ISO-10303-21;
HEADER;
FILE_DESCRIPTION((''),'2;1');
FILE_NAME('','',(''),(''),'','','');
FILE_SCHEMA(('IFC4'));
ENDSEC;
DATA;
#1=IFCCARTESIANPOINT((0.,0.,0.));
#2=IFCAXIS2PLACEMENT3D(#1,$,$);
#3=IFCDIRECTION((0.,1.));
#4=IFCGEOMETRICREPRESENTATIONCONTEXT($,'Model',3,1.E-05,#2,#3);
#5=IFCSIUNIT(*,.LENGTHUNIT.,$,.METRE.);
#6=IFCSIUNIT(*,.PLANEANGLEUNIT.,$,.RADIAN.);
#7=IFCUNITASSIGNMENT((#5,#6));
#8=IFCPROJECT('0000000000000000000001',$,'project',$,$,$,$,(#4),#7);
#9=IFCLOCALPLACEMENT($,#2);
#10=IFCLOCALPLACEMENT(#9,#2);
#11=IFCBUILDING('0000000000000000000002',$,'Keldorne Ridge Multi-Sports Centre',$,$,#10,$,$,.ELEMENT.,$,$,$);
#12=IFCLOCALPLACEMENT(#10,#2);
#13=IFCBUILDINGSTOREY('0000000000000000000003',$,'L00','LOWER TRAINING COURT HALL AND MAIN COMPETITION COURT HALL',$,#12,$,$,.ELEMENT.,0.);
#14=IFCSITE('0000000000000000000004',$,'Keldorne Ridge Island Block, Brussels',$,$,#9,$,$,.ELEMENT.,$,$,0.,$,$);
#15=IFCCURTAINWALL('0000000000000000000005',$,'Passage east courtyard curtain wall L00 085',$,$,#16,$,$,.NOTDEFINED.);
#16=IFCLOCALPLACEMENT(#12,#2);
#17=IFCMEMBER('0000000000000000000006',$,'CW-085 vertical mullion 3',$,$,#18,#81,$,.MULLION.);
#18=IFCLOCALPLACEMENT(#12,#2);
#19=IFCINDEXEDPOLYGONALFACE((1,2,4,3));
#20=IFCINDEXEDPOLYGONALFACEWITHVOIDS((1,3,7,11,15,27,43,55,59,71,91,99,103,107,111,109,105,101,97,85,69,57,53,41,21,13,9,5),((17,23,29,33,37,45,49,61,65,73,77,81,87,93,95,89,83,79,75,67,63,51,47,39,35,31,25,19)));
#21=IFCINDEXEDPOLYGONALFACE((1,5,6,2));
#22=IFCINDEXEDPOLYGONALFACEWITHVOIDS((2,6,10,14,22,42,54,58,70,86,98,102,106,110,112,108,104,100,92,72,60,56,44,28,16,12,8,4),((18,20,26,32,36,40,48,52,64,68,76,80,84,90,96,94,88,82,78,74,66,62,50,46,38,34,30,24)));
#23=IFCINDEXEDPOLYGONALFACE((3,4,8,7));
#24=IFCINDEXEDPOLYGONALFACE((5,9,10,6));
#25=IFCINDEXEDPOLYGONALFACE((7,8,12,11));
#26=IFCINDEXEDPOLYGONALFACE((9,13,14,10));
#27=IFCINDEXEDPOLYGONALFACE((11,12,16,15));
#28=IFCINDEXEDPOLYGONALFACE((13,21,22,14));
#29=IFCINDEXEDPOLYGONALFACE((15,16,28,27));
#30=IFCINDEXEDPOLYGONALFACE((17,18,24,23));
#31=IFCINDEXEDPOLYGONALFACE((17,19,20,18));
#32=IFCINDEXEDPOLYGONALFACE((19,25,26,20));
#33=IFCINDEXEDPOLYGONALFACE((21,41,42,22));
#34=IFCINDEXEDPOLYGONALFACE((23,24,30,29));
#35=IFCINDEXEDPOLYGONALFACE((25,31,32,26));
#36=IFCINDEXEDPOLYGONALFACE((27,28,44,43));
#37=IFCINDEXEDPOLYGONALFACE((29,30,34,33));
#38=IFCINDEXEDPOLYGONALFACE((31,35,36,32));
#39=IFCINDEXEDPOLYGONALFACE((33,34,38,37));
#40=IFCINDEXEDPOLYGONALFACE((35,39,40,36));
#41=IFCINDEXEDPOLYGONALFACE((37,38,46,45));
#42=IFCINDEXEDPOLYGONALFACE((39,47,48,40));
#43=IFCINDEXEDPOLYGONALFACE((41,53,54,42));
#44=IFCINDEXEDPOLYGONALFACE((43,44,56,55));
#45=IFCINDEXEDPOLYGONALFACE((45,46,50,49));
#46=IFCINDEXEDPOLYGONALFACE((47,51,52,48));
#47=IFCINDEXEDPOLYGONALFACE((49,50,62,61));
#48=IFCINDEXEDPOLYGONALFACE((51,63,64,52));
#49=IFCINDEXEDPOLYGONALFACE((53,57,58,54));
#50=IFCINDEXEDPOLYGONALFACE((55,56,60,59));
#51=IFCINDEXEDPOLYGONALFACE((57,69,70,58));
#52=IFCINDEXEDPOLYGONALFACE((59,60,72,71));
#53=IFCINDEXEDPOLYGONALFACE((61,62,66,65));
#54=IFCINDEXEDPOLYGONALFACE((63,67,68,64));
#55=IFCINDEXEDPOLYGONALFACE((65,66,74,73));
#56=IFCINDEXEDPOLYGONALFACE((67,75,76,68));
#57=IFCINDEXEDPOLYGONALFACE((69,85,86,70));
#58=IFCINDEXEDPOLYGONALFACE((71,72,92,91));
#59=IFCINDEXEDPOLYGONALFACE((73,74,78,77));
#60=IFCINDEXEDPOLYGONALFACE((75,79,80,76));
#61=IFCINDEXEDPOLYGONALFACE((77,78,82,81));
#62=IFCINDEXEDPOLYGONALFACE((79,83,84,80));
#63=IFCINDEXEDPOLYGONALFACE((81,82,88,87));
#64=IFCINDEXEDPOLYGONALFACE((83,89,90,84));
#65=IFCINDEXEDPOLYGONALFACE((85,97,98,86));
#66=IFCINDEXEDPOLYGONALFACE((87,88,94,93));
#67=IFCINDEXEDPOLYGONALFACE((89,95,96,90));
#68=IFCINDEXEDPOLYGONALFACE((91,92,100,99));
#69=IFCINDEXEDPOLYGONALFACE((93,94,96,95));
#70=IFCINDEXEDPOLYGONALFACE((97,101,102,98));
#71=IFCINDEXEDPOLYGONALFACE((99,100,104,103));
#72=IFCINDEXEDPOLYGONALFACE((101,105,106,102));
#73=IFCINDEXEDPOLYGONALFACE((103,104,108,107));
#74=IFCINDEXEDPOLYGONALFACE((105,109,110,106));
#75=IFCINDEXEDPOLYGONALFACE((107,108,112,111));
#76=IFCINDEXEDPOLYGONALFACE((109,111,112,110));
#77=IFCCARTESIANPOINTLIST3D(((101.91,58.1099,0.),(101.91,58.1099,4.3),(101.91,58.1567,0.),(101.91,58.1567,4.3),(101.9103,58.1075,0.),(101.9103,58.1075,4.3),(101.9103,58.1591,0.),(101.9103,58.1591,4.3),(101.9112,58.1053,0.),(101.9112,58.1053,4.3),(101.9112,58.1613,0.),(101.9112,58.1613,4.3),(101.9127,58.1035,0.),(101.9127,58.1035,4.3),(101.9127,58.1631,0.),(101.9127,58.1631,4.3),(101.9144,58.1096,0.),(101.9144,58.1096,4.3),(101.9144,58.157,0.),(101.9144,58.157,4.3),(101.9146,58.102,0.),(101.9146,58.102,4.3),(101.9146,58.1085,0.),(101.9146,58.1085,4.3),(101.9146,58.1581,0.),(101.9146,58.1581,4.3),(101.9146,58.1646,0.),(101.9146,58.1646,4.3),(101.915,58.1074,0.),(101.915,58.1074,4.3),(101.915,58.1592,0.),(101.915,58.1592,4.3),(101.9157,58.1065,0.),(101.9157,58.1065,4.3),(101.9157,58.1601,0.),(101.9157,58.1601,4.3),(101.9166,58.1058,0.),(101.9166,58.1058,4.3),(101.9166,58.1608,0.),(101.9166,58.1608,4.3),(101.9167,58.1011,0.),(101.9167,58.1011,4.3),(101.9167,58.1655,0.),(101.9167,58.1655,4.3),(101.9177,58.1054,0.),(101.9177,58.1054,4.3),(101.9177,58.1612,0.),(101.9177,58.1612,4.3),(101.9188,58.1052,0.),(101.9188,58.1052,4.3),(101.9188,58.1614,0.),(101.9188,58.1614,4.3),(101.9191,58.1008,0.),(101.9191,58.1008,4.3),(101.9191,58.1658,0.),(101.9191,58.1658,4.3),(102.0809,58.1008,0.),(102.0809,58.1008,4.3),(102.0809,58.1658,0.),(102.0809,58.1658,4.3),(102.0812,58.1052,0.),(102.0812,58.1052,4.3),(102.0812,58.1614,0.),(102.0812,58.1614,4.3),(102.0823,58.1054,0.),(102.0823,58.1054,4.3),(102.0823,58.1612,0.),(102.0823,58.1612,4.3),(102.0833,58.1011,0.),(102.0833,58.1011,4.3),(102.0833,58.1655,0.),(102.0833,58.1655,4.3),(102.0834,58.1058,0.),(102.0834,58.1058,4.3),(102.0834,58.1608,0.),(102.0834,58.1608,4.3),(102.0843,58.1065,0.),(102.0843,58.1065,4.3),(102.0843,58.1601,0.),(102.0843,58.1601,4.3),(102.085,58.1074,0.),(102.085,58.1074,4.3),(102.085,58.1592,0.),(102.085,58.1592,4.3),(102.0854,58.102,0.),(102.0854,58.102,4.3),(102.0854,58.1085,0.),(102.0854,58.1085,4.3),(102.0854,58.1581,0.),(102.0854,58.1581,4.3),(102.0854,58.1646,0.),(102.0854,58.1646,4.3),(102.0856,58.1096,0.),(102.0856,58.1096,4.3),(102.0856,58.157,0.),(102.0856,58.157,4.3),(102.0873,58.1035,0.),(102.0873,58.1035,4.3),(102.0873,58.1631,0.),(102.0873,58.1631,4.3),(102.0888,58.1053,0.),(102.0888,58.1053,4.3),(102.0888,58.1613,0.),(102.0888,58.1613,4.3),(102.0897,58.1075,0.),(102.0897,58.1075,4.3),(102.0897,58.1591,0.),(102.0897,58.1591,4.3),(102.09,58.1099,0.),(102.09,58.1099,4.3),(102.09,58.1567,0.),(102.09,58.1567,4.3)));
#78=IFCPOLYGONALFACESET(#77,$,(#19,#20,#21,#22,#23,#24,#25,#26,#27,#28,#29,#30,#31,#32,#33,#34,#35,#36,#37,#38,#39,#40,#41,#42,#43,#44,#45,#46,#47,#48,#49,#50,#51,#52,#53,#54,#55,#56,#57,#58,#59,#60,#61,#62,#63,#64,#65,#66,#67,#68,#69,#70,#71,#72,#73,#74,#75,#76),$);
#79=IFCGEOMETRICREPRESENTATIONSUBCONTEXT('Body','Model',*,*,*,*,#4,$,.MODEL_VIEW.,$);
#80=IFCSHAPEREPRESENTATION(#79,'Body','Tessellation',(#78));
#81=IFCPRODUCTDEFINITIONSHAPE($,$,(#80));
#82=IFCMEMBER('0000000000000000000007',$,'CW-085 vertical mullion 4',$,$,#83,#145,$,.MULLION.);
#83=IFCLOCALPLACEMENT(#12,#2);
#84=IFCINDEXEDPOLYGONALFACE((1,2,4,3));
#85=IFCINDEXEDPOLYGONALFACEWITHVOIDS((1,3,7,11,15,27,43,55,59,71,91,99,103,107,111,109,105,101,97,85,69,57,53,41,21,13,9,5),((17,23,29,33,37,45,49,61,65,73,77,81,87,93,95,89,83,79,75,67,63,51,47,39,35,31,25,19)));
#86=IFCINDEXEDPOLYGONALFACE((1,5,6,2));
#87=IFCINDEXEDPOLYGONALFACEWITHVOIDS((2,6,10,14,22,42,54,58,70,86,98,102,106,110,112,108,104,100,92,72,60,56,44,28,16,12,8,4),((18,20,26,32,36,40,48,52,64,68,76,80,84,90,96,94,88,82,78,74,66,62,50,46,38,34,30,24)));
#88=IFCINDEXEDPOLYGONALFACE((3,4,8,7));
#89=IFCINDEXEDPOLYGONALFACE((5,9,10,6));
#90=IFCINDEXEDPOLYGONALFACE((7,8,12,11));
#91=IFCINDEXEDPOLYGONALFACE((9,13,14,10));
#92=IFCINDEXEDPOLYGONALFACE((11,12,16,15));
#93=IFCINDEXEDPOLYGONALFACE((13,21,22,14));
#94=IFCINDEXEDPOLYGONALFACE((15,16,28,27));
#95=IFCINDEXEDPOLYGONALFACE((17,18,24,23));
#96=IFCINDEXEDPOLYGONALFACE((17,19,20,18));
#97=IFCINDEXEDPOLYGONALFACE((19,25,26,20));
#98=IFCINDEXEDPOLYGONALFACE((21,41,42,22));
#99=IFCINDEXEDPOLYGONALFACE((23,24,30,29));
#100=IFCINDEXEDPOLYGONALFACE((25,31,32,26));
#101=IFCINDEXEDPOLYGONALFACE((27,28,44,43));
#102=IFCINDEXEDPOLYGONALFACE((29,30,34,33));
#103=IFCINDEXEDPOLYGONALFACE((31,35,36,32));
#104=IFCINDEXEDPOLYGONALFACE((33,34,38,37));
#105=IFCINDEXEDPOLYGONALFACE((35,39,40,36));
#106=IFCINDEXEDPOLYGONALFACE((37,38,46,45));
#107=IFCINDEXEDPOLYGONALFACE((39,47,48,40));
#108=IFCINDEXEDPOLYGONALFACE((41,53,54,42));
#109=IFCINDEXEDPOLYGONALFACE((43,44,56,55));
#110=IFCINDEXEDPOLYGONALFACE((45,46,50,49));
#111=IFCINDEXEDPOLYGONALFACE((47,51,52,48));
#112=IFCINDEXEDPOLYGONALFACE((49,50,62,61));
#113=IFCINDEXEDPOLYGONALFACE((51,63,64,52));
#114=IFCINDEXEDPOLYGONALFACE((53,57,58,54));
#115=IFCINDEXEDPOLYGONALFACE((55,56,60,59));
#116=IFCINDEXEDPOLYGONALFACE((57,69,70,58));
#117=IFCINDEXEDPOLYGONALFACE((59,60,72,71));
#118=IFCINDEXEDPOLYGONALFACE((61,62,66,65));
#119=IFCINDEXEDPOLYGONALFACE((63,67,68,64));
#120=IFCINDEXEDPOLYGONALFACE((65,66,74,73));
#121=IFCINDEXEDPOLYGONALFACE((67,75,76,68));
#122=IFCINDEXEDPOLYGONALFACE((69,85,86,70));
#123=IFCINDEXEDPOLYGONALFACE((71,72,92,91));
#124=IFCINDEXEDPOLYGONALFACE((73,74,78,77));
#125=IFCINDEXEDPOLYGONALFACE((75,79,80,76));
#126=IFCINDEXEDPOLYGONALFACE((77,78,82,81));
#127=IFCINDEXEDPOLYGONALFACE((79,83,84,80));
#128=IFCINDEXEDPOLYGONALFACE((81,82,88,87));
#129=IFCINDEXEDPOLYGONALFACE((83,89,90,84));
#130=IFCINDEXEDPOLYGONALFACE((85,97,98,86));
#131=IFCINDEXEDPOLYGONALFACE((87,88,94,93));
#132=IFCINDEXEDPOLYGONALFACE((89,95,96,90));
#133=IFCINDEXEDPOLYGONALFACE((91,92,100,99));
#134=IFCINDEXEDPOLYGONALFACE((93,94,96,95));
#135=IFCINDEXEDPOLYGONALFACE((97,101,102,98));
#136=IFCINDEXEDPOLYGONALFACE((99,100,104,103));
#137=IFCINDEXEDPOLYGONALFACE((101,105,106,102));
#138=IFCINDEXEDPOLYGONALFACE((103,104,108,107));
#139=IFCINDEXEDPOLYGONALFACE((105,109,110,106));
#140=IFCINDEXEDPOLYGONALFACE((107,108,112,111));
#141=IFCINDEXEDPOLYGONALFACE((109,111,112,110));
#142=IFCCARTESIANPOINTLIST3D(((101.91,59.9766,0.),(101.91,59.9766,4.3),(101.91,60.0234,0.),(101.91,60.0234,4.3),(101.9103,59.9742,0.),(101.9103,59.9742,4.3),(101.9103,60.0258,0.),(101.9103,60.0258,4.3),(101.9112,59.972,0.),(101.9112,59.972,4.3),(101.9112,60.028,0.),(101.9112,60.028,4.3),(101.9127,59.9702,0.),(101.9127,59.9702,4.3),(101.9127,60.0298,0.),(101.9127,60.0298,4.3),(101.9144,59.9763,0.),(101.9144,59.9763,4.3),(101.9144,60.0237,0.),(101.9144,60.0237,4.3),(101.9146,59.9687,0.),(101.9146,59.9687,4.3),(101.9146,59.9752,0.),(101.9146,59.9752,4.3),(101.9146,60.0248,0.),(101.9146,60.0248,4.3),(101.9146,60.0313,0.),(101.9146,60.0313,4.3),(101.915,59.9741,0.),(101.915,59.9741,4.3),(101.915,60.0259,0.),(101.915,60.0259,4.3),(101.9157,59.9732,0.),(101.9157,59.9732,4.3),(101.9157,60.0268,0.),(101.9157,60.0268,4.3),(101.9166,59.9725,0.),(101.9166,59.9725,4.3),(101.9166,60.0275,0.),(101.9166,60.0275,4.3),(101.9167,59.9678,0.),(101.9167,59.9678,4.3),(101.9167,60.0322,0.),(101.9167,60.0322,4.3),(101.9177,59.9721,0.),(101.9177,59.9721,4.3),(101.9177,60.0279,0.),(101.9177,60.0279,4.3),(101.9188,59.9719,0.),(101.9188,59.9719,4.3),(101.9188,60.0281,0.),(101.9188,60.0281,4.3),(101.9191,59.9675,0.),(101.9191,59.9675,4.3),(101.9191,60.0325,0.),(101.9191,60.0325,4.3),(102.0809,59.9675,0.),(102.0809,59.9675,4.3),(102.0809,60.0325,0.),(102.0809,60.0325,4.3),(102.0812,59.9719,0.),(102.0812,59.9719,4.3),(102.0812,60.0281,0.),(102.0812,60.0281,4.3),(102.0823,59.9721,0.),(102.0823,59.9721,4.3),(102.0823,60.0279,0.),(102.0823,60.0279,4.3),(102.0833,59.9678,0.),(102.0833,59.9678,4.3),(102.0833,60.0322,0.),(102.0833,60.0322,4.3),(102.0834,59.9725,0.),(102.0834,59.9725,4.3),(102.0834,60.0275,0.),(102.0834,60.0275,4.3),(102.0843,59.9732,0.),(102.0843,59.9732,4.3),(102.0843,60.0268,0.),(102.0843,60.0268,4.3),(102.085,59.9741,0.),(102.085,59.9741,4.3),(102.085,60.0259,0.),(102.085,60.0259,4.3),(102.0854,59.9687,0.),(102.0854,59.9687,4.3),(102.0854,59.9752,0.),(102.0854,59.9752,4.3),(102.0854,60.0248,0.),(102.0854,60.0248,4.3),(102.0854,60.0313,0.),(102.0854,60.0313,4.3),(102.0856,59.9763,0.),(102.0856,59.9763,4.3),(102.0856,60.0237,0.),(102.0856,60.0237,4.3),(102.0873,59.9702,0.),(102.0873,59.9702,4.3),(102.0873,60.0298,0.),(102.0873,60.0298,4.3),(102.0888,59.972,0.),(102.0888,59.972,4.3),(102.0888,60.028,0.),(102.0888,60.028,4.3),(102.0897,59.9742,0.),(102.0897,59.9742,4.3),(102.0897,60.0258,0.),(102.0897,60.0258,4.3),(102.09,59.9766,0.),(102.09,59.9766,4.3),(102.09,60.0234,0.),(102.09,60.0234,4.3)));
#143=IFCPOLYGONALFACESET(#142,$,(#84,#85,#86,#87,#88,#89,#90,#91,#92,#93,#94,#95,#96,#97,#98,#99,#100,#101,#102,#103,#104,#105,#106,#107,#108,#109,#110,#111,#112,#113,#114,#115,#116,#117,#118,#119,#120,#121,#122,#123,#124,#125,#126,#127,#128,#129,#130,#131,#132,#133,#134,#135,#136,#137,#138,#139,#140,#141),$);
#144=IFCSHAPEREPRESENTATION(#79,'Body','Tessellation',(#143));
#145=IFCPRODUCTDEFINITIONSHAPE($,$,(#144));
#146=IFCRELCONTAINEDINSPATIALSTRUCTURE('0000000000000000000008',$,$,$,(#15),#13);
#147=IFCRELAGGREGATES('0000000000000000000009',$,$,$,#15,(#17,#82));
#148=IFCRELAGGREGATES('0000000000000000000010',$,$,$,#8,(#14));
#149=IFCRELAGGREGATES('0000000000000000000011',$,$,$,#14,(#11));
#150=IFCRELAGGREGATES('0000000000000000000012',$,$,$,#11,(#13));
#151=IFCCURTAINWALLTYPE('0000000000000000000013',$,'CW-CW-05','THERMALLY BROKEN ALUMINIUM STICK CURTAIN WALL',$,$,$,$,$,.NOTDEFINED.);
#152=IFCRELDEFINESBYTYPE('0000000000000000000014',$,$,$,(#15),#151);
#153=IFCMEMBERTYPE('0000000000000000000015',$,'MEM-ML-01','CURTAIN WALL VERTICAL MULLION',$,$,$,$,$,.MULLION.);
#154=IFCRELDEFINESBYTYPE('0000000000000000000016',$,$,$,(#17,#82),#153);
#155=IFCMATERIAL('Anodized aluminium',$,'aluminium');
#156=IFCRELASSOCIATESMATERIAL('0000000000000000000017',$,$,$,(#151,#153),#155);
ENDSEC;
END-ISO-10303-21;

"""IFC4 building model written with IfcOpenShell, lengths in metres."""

from ifc_helpers import new_model, si_unit, direction, frame, origin, origin_2d, place, context, subcontext, project, spatial, hollow_rectangle, extrude, material, material_profile, profile_set, type_object, element, aggregate, save


model = new_model("IFC4")

# Units and contexts
model_context = context("Model", 3, precision=1e-05, world=origin(), true_north=direction((0.0, 1.0)))
body_context = subcontext(model_context, "Body", "Model", "MODEL_VIEW")
ifc_project = project(units=[si_unit("LENGTHUNIT", "METRE"), si_unit("PLANEANGLEUNIT", "RADIAN")], contexts=[model_context])

# Site, building, storey
site_placement = place(None, origin())
site = spatial("IfcSite", under=ifc_project, at=site_placement, Name="Keldorne Ridge Island Block, Brussels", CompositionType="ELEMENT", RefElevation=0.0)
building_placement = place(site_placement, origin())
building = spatial("IfcBuilding", under=site, at=building_placement, Name="Keldorne Ridge Multi-Sports Centre", CompositionType="ELEMENT")
storey_placement = place(building_placement, origin())
storey = spatial("IfcBuildingStorey", under=building, at=storey_placement, Name="L00", Description="LOWER TRAINING COURT HALL AND MAIN COMPETITION COURT HALL", CompositionType="ELEMENT", Elevation=0.0)

# Curtain wall, members
ifc_material_1 = material(Name="Anodized aluminium", Category="aluminium")
curtain_wall_type = type_object("IfcCurtainWallType", Name="CW-CW-05", Description="THERMALLY BROKEN ALUMINIUM STICK CURTAIN WALL", PredefinedType="NOTDEFINED", material=ifc_material_1)
curtain_wall_placement = place(storey_placement, origin())
curtain_wall = element("IfcCurtainWall", 1, at=curtain_wall_placement, inside=storey, type_object=curtain_wall_type, Name="Passage east courtyard curtain wall L00 085", PredefinedType="NOTDEFINED")
ifc_material_profile_1 = material_profile(ifc_material_1, hollow_rectangle(XDim=0.0649, YDim=0.1799, WallThickness=0.0044, InnerFilletRadius=0.0044, OuterFilletRadius=0.009, at=origin_2d()), Name="ALU MULLION 180x65x4.5")
ifc_profile_set_1 = profile_set([ifc_material_profile_1], Name="Anodized aluminium")
member_type_1 = type_object("IfcMemberType", Name="MEM-ML-01", Description="CURTAIN WALL VERTICAL MULLION", PredefinedType="MULLION", material=ifc_profile_set_1)
member_1_placement = place(storey_placement, frame((102.0, 58.1333, 0.0), z_axis=(0.0, 0.0, 1.0), x_axis=(0.0, 1.0, 0.0)))
member_1 = element("IfcMember", 2, at=member_1_placement, type_object=member_type_1, Name="CW-085 vertical mullion 3", PredefinedType="MULLION", context=body_context, shape_type="SweptSolid", body=[
    extrude(hollow_rectangle(XDim=0.0649, YDim=0.1799, WallThickness=0.0044, InnerFilletRadius=0.0044, OuterFilletRadius=0.009, at=origin_2d()), origin(), (0.0, 0.0, 1.0), 4.3),
])
member_2_placement = place(storey_placement, frame((102.0, 60.0, 0.0), z_axis=(0.0, 0.0, 1.0), x_axis=(0.0, 1.0, 0.0)))
member_2 = element("IfcMember", 3, at=member_2_placement, type_object=member_type_1, Name="CW-085 vertical mullion 4", PredefinedType="MULLION", context=body_context, shape_type="SweptSolid", body=[
    extrude(hollow_rectangle(XDim=0.0649, YDim=0.1799, WallThickness=0.0044, InnerFilletRadius=0.0044, OuterFilletRadius=0.009, at=origin_2d()), origin(), (0.0, 0.0, 1.0), 4.3),
])
aggregate(curtain_wall, [member_1, member_2])

save(model, "model.ifc")
